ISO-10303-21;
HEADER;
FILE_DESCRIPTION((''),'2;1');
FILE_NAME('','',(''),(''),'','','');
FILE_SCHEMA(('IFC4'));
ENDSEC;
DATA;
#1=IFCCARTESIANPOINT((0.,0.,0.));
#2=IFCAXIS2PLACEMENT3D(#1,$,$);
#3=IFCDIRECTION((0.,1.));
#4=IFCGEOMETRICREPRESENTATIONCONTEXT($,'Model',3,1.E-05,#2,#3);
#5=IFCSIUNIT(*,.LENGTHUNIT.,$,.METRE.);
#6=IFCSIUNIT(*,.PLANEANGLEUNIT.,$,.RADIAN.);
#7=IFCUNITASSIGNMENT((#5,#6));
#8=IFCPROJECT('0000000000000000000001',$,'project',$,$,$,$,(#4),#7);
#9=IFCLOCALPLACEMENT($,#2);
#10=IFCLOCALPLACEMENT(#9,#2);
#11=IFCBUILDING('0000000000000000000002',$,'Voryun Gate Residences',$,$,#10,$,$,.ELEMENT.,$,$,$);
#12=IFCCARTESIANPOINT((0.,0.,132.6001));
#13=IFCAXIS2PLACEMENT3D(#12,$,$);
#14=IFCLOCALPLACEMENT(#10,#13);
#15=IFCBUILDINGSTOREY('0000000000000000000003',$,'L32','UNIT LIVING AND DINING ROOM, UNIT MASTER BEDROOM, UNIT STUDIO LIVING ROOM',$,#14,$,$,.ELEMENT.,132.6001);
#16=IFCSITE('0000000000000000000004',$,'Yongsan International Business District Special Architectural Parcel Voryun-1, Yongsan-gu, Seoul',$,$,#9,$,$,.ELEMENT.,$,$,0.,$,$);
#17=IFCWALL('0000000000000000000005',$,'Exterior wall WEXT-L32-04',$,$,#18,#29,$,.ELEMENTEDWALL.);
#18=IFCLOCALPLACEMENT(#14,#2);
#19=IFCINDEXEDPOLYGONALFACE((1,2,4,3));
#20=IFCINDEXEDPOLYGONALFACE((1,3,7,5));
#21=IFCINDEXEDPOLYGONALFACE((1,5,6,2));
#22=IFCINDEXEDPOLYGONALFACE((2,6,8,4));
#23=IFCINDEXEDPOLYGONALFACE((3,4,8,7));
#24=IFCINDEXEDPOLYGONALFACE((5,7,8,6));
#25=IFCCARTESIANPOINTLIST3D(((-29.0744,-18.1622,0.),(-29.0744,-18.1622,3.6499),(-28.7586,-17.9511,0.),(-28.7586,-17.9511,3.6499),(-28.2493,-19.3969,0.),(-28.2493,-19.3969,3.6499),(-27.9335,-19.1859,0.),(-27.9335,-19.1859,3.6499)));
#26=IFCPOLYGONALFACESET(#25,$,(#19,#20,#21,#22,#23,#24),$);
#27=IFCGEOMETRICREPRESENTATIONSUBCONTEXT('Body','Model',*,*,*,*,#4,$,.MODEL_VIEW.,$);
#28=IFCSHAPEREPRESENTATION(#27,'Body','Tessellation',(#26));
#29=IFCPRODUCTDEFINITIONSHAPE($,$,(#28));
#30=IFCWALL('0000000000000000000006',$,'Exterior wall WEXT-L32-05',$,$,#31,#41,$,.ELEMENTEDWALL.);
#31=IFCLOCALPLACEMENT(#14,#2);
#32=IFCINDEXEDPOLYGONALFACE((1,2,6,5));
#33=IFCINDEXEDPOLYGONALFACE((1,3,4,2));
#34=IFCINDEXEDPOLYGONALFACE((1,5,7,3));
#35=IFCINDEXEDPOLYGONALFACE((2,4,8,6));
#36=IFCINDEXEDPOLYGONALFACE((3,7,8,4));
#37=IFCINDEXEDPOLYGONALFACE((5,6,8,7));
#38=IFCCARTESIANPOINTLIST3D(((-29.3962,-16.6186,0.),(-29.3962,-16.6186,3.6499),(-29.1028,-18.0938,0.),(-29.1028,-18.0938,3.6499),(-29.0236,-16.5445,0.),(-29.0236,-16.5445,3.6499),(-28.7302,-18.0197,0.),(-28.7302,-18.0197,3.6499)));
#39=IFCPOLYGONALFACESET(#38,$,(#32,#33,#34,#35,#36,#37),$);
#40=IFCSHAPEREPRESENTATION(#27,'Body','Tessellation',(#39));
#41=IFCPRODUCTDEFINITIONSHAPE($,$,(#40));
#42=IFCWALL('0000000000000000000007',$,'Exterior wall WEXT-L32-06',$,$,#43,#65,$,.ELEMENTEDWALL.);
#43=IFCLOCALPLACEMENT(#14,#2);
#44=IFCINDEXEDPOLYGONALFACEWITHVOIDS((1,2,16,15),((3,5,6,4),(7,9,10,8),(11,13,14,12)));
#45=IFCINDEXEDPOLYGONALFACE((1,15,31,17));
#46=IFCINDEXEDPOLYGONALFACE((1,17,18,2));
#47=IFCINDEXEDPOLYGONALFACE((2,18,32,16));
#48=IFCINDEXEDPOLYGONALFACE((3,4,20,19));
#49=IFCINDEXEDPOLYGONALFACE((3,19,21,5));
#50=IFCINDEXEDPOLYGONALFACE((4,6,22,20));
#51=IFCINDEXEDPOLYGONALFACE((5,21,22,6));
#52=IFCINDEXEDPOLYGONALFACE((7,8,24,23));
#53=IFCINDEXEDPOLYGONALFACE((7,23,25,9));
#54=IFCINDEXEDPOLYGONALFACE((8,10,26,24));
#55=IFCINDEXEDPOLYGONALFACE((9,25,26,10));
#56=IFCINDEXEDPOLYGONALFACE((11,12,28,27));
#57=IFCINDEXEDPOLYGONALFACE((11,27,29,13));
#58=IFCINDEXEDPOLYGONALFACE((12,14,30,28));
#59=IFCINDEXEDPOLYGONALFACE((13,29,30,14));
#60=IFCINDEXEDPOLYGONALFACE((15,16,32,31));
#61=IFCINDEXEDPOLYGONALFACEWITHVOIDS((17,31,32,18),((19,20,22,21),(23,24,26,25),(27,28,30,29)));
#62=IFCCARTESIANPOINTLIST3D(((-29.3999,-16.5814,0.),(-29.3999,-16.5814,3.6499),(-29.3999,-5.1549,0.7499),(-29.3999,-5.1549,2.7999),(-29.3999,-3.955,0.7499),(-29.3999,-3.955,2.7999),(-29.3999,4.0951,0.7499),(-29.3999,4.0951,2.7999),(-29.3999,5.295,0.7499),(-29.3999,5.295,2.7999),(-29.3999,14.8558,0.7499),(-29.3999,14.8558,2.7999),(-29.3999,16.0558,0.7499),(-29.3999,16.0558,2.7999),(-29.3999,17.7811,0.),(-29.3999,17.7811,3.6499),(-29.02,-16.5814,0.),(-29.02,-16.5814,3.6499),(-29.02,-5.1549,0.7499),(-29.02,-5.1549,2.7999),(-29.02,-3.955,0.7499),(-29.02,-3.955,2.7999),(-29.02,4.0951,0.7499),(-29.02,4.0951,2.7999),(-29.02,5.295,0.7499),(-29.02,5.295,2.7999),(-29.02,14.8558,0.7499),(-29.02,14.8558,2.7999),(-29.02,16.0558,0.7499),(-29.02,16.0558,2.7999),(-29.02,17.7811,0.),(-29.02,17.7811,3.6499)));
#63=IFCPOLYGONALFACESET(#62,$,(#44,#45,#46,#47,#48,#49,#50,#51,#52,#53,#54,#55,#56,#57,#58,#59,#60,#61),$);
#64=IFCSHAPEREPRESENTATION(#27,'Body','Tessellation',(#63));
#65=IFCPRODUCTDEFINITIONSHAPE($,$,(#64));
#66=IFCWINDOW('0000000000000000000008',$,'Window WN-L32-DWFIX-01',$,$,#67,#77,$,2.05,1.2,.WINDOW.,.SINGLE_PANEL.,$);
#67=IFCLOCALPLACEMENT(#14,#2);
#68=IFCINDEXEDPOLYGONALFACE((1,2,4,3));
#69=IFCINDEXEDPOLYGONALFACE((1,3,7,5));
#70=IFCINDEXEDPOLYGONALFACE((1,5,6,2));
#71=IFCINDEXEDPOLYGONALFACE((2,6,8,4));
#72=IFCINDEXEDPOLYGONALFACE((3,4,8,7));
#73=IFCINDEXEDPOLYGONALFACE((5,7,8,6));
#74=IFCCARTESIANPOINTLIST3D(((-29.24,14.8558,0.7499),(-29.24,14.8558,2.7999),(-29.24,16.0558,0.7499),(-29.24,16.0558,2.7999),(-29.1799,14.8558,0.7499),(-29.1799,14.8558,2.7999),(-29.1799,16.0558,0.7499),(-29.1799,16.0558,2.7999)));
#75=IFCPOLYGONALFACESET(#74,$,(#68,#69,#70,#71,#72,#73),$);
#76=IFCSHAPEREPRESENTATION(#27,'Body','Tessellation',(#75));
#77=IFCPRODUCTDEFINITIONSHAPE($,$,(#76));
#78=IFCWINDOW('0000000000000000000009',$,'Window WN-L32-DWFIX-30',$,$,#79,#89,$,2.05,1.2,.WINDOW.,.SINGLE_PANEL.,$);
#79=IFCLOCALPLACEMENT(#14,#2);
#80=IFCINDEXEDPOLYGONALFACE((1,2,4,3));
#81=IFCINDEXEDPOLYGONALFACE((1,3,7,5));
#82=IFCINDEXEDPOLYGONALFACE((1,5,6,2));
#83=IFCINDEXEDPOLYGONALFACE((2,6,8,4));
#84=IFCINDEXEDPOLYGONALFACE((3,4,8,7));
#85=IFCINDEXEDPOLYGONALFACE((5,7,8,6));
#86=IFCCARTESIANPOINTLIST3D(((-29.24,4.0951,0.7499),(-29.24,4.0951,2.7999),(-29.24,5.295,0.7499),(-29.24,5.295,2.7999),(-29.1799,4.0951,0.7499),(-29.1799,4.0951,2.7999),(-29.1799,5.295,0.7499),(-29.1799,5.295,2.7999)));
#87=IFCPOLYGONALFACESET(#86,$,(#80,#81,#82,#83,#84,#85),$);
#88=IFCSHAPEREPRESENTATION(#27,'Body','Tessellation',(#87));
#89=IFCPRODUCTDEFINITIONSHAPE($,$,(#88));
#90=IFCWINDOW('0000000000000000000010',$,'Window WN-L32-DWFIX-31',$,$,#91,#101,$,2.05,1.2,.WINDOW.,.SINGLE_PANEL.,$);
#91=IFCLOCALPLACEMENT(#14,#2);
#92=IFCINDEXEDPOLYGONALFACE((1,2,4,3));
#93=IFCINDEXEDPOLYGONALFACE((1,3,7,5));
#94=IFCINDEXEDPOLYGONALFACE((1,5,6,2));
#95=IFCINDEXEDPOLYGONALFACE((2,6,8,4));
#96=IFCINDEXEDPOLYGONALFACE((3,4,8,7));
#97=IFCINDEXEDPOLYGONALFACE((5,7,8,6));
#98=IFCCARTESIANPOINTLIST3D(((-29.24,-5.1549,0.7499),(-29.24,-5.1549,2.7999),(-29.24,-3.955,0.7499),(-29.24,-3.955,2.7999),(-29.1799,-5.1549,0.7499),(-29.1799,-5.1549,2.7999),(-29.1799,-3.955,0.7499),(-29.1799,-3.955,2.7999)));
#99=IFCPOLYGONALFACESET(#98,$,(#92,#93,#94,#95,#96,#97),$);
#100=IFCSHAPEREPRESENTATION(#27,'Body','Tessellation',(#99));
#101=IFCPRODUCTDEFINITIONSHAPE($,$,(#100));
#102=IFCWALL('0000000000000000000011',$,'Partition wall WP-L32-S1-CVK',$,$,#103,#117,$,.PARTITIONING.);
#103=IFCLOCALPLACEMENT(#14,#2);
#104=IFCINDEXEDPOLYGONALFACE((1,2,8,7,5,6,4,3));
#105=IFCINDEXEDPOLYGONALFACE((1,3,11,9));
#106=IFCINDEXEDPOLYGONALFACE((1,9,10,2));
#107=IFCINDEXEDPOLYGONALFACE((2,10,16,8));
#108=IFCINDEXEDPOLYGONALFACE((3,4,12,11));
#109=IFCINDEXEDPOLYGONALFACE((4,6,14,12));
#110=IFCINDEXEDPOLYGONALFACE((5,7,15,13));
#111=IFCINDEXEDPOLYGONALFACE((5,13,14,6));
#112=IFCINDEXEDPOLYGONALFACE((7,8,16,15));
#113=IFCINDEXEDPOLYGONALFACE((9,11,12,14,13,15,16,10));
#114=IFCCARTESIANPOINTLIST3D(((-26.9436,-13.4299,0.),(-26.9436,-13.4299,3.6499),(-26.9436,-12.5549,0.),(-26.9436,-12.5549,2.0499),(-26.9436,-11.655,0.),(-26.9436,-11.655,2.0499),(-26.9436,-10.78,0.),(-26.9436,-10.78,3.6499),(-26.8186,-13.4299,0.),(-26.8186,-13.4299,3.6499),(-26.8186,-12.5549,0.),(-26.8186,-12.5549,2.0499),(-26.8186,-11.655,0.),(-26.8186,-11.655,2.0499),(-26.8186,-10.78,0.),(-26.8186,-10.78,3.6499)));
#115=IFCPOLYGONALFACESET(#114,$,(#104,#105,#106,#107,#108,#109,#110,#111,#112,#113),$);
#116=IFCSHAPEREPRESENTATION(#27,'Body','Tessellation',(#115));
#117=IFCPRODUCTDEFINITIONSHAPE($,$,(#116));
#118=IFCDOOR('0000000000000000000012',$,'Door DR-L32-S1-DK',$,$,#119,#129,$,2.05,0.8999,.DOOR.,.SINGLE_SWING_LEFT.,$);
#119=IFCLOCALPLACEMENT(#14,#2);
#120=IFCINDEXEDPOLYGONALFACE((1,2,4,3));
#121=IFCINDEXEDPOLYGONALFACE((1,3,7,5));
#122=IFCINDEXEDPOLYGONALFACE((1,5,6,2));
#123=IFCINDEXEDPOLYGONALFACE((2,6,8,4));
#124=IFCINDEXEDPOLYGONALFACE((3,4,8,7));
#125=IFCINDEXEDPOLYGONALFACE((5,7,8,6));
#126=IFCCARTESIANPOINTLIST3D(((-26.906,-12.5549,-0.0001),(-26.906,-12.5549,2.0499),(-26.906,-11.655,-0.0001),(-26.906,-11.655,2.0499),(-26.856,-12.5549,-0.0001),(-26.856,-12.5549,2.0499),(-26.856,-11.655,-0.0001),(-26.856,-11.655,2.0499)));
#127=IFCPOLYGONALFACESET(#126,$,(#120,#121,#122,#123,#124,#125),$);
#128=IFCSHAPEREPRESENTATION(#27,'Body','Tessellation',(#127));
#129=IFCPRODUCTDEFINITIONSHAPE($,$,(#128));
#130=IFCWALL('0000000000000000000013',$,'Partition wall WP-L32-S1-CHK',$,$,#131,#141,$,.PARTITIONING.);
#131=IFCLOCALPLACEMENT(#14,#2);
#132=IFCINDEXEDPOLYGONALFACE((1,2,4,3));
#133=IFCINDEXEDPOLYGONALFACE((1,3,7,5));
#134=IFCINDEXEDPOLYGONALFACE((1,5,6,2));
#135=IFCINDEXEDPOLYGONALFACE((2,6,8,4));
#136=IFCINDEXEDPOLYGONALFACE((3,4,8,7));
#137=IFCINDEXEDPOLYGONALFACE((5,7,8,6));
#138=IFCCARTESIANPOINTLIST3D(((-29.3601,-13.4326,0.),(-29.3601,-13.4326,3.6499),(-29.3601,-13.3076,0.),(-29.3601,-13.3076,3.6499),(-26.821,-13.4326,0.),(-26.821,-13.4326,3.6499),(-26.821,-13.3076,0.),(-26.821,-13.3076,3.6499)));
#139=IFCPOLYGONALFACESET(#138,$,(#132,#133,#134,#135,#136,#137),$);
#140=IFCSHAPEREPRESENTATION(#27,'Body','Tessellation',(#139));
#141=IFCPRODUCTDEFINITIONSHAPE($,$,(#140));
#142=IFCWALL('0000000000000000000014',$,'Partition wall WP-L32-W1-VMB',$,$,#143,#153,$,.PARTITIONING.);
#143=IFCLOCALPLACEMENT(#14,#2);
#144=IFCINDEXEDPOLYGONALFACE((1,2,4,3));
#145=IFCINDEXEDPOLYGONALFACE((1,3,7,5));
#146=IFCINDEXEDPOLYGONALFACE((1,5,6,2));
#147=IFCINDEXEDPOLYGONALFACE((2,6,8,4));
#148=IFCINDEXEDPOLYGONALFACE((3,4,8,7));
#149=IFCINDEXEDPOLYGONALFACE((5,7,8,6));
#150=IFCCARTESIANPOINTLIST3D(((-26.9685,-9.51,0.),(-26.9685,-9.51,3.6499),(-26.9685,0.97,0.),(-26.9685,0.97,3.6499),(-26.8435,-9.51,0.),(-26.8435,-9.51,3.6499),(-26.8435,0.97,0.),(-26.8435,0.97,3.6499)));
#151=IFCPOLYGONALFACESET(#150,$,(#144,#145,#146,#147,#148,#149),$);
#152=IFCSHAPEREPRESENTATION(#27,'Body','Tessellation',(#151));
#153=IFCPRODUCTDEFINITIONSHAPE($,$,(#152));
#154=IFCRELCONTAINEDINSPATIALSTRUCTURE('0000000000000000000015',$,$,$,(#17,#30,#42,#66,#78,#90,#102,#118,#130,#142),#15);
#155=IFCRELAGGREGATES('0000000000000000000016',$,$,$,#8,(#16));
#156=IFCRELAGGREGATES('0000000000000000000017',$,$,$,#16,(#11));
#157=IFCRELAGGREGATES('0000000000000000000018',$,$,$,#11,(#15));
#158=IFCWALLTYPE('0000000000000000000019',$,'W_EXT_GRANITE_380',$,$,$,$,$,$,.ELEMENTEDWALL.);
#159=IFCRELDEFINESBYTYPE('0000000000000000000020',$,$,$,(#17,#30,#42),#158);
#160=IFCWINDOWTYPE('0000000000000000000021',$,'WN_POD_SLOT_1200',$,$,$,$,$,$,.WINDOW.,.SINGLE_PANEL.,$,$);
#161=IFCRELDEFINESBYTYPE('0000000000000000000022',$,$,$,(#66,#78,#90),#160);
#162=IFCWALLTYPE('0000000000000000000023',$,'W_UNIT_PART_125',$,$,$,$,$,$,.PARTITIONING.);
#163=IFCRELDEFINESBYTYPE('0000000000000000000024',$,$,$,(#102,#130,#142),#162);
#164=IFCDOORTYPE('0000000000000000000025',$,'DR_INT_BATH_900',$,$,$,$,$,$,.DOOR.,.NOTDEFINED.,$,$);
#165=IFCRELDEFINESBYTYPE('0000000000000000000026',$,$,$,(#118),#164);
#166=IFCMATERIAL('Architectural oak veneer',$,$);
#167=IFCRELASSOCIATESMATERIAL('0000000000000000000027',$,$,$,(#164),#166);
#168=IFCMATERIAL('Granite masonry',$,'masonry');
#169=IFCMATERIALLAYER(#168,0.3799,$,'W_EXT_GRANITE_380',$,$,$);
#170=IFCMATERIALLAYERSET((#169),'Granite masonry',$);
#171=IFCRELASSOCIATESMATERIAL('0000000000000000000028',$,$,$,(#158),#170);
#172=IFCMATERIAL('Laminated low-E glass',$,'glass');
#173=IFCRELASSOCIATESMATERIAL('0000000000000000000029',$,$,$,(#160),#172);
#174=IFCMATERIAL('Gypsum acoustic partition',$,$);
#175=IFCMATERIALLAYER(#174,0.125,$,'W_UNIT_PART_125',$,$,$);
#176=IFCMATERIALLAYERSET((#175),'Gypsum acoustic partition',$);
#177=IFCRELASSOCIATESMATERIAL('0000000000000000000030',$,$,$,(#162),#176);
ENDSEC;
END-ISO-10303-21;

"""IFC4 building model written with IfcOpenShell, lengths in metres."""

from ifc_helpers import new_model, si_unit, direction, frame, frame_2d, origin, place, context, subcontext, project, spatial, rectangle, extrude, material, layer, layer_set, type_object, element, fill, save


model = new_model("IFC4")

# Units and contexts
model_context = context("Model", 3, precision=1e-05, world=origin(), true_north=direction((0.0, 1.0)))
body_context = subcontext(model_context, "Body", "Model", "MODEL_VIEW")
ifc_project = project(units=[si_unit("LENGTHUNIT", "METRE"), si_unit("PLANEANGLEUNIT", "RADIAN")], contexts=[model_context])

# Site, building, storey
site_placement = place(None, origin())
site = spatial("IfcSite", under=ifc_project, at=site_placement, Name="Yongsan International Business District Special Architectural Parcel Voryun-1, Yongsan-gu, Seoul", CompositionType="ELEMENT", RefElevation=0.0)
building_placement = place(site_placement, origin())
building = spatial("IfcBuilding", under=site, at=building_placement, Name="Voryun Gate Residences", CompositionType="ELEMENT")
storey_placement = place(building_placement, frame((0.0, 0.0, 132.6001)))
storey = spatial("IfcBuildingStorey", under=building, at=storey_placement, Name="L32", Description="UNIT LIVING AND DINING ROOM, UNIT MASTER BEDROOM, UNIT STUDIO LIVING ROOM", CompositionType="ELEMENT", Elevation=132.6001)

# Shared definitions
ifc_material_1 = material(Name="Architectural oak veneer")
door_type_1 = type_object("IfcDoorType", Name="DR_INT_BATH_900", OperationType="NOTDEFINED", PredefinedType="DOOR", material=ifc_material_1)

# Walls
ifc_material_2 = material(Name="Granite masonry", Category="masonry")
ifc_layer_1 = layer(ifc_material_2, 0.3799, Name="W_EXT_GRANITE_380")
ifc_layer_set_1 = layer_set([ifc_layer_1], Name="Granite masonry")
wall_type_1 = type_object("IfcWallType", Name="W_EXT_GRANITE_380", PredefinedType="ELEMENTEDWALL", material=ifc_layer_set_1)
wall_1_placement = place(storey_placement, frame((-28.0913, -19.2915, 0.0), z_axis=(0.0, 0.0, 1.0), x_axis=(-0.55561, 0.831443, 0.0)))
element("IfcWall", 1, at=wall_1_placement, inside=storey, type_object=wall_type_1, Name="Exterior wall WEXT-L32-04", PredefinedType="ELEMENTEDWALL", context=body_context, shape_type="SweptSolid", body=[
    extrude(rectangle(XDim=1.4851, YDim=0.3799, at=frame_2d((0.7427, 0.0))), origin(), (0.0, 0.0, 1.0), 3.6499),
])
wall_2_placement = place(storey_placement, frame((-28.9165, -18.0566, 0.0), z_axis=(0.0, 0.0, 1.0), x_axis=(-0.195086, 0.980786, 0.0)))
element("IfcWall", 2, at=wall_2_placement, inside=storey, type_object=wall_type_1, Name="Exterior wall WEXT-L32-05", PredefinedType="ELEMENTEDWALL", context=body_context, shape_type="SweptSolid", body=[
    extrude(rectangle(XDim=1.5042, YDim=0.3799, at=frame_2d((0.752, 0.0))), origin(), (0.0, 0.0, 1.0), 3.6499),
])

# Wall, openings, windows
wall_3_placement = place(storey_placement, frame((-29.21, -16.5813, 0.0), z_axis=(0.0, 0.0, 1.0), x_axis=(0.0, 1.0, 0.0)))
wall_3 = element("IfcWall", 3, at=wall_3_placement, inside=storey, type_object=wall_type_1, Name="Exterior wall WEXT-L32-06", PredefinedType="ELEMENTEDWALL", context=body_context, shape_type="SweptSolid", body=[
    extrude(rectangle(XDim=34.3625, YDim=0.3799, at=frame_2d((17.1812, 0.0))), origin(), (0.0, 0.0, 1.0), 3.6499),
])
opening_1_placement = place(wall_3_placement, frame((31.437, 0.0, 0.75)))
opening_1 = element("IfcOpeningElement", 4, at=opening_1_placement, cuts=wall_3, PredefinedType="OPENING", context=body_context, shape_type="SweptSolid", body=[
    extrude(rectangle(XDim=1.2, YDim=2.05, at=frame_2d((0.6001, 1.0249))), frame((0.0, 0.2, 0.0), z_axis=(0.0, -1.0, 0.0), x_axis=(1.0, 0.0, 0.0)), (0.0, 0.0, 1.0), 0.3999),
])
opening_2_placement = place(wall_3_placement, frame((20.6763, 0.0, 0.75)))
opening_2 = element("IfcOpeningElement", 5, at=opening_2_placement, cuts=wall_3, PredefinedType="OPENING", context=body_context, shape_type="SweptSolid", body=[
    extrude(rectangle(XDim=1.2, YDim=2.05, at=frame_2d((0.6001, 1.0249))), frame((0.0, 0.2, 0.0), z_axis=(0.0, -1.0, 0.0), x_axis=(1.0, 0.0, 0.0)), (0.0, 0.0, 1.0), 0.3999),
])
opening_3_placement = place(wall_3_placement, frame((11.4263, 0.0, 0.75)))
opening_3 = element("IfcOpeningElement", 6, at=opening_3_placement, cuts=wall_3, PredefinedType="OPENING", context=body_context, shape_type="SweptSolid", body=[
    extrude(rectangle(XDim=1.2, YDim=2.05, at=frame_2d((0.6001, 1.0249))), frame((0.0, 0.2, 0.0), z_axis=(0.0, -1.0, 0.0), x_axis=(1.0, 0.0, 0.0)), (0.0, 0.0, 1.0), 0.3999),
])
ifc_material_3 = material(Name="Laminated low-E glass", Category="glass")
window_type = type_object("IfcWindowType", Name="WN_POD_SLOT_1200", PartitioningType="SINGLE_PANEL", PredefinedType="WINDOW", material=ifc_material_3)
window_1_placement = place(opening_1_placement, origin())
window_1 = element("IfcWindow", 7, at=window_1_placement, inside=storey, type_object=window_type, Name="Window WN-L32-DWFIX-01", OverallHeight=2.05, OverallWidth=1.2, PartitioningType="SINGLE_PANEL", PredefinedType="WINDOW", context=body_context, shape_type="SweptSolid", body=[
    extrude(rectangle(XDim=1.2, YDim=2.05, at=frame_2d((0.6001, 1.0249))), frame((0.0, 0.03, 0.0), z_axis=(0.0, -1.0, 0.0), x_axis=(1.0, 0.0, 0.0)), (0.0, 0.0, 1.0), 0.0601),
])
fill(opening_1, window_1)
window_2_placement = place(opening_2_placement, origin())
window_2 = element("IfcWindow", 8, at=window_2_placement, inside=storey, type_object=window_type, Name="Window WN-L32-DWFIX-30", OverallHeight=2.05, OverallWidth=1.2, PartitioningType="SINGLE_PANEL", PredefinedType="WINDOW", context=body_context, shape_type="SweptSolid", body=[
    extrude(rectangle(XDim=1.2, YDim=2.05, at=frame_2d((0.6001, 1.0249))), frame((0.0, 0.03, 0.0), z_axis=(0.0, -1.0, 0.0), x_axis=(1.0, 0.0, 0.0)), (0.0, 0.0, 1.0), 0.0601),
])
fill(opening_2, window_2)
window_3_placement = place(opening_3_placement, origin())
window_3 = element("IfcWindow", 9, at=window_3_placement, inside=storey, type_object=window_type, Name="Window WN-L32-DWFIX-31", OverallHeight=2.05, OverallWidth=1.2, PartitioningType="SINGLE_PANEL", PredefinedType="WINDOW", context=body_context, shape_type="SweptSolid", body=[
    extrude(rectangle(XDim=1.2, YDim=2.05, at=frame_2d((0.6001, 1.0249))), frame((0.0, 0.03, 0.0), z_axis=(0.0, -1.0, 0.0), x_axis=(1.0, 0.0, 0.0)), (0.0, 0.0, 1.0), 0.0601),
])
fill(opening_3, window_3)

# Wall, opening, door
ifc_material_4 = material(Name="Gypsum acoustic partition")
ifc_layer_2 = layer(ifc_material_4, 0.125, Name="W_UNIT_PART_125")
ifc_layer_set_2 = layer_set([ifc_layer_2], Name="Gypsum acoustic partition")
wall_type_2 = type_object("IfcWallType", Name="W_UNIT_PART_125", PredefinedType="PARTITIONING", material=ifc_layer_set_2)
wall_4_placement = place(storey_placement, frame((-26.8811, -13.4299, 0.0), z_axis=(0.0, 0.0, 1.0), x_axis=(0.0, 1.0, 0.0)))
wall_4 = element("IfcWall", 10, at=wall_4_placement, inside=storey, type_object=wall_type_2, Name="Partition wall WP-L32-S1-CVK", PredefinedType="PARTITIONING", context=body_context, shape_type="SweptSolid", body=[
    extrude(rectangle(XDim=2.6499, YDim=0.125, at=frame_2d((1.325, 0.0))), origin(), (0.0, 0.0, 1.0), 3.6499),
])
opening_4_placement = place(wall_4_placement, frame((0.875, 0.0, 0.0)))
opening_4 = element("IfcOpeningElement", 11, at=opening_4_placement, cuts=wall_4, PredefinedType="OPENING", context=body_context, shape_type="SweptSolid", body=[
    extrude(rectangle(XDim=0.8999, YDim=2.05, at=frame_2d((0.45, 1.0249))), frame((0.0, 0.0725, 0.0), z_axis=(0.0, -1.0, 0.0), x_axis=(1.0, 0.0, 0.0)), (0.0, 0.0, 1.0), 0.145),
])
door_1_placement = place(opening_4_placement, origin())
door_1 = element("IfcDoor", 12, at=door_1_placement, inside=storey, type_object=door_type_1, Name="Door DR-L32-S1-DK", OperationType="SINGLE_SWING_LEFT", OverallHeight=2.05, OverallWidth=0.8999, PredefinedType="DOOR", context=body_context, shape_type="SweptSolid", body=[
    extrude(rectangle(XDim=0.8999, YDim=2.05, at=frame_2d((0.45, 1.0249))), frame((0.0, 0.0249, 0.0), z_axis=(0.0, -1.0, 0.0), x_axis=(1.0, 0.0, 0.0)), (0.0, 0.0, 1.0), 0.05),
])
fill(opening_4, door_1)

# Walls
wall_5_placement = place(storey_placement, frame((-29.3601, -13.3701, 0.0), z_axis=(0.0, 0.0, 1.0), x_axis=(1.0, 0.0, 0.0)))
element("IfcWall", 13, at=wall_5_placement, inside=storey, type_object=wall_type_2, Name="Partition wall WP-L32-S1-CHK", PredefinedType="PARTITIONING", context=body_context, shape_type="SweptSolid", body=[
    extrude(rectangle(XDim=2.5391, YDim=0.125, at=frame_2d((1.2695, 0.0))), origin(), (0.0, 0.0, 1.0), 3.6499),
])
wall_6_placement = place(storey_placement, frame((-26.906, -9.51, 0.0), z_axis=(0.0, 0.0, 1.0), x_axis=(0.0, 1.0, 0.0)))
element("IfcWall", 14, at=wall_6_placement, inside=storey, type_object=wall_type_2, Name="Partition wall WP-L32-W1-VMB", PredefinedType="PARTITIONING", context=body_context, shape_type="SweptSolid", body=[
    extrude(rectangle(XDim=10.48, YDim=0.125, at=frame_2d((5.24, 0.0))), origin(), (0.0, 0.0, 1.0), 3.6499),
])

save(model, "model.ifc")
